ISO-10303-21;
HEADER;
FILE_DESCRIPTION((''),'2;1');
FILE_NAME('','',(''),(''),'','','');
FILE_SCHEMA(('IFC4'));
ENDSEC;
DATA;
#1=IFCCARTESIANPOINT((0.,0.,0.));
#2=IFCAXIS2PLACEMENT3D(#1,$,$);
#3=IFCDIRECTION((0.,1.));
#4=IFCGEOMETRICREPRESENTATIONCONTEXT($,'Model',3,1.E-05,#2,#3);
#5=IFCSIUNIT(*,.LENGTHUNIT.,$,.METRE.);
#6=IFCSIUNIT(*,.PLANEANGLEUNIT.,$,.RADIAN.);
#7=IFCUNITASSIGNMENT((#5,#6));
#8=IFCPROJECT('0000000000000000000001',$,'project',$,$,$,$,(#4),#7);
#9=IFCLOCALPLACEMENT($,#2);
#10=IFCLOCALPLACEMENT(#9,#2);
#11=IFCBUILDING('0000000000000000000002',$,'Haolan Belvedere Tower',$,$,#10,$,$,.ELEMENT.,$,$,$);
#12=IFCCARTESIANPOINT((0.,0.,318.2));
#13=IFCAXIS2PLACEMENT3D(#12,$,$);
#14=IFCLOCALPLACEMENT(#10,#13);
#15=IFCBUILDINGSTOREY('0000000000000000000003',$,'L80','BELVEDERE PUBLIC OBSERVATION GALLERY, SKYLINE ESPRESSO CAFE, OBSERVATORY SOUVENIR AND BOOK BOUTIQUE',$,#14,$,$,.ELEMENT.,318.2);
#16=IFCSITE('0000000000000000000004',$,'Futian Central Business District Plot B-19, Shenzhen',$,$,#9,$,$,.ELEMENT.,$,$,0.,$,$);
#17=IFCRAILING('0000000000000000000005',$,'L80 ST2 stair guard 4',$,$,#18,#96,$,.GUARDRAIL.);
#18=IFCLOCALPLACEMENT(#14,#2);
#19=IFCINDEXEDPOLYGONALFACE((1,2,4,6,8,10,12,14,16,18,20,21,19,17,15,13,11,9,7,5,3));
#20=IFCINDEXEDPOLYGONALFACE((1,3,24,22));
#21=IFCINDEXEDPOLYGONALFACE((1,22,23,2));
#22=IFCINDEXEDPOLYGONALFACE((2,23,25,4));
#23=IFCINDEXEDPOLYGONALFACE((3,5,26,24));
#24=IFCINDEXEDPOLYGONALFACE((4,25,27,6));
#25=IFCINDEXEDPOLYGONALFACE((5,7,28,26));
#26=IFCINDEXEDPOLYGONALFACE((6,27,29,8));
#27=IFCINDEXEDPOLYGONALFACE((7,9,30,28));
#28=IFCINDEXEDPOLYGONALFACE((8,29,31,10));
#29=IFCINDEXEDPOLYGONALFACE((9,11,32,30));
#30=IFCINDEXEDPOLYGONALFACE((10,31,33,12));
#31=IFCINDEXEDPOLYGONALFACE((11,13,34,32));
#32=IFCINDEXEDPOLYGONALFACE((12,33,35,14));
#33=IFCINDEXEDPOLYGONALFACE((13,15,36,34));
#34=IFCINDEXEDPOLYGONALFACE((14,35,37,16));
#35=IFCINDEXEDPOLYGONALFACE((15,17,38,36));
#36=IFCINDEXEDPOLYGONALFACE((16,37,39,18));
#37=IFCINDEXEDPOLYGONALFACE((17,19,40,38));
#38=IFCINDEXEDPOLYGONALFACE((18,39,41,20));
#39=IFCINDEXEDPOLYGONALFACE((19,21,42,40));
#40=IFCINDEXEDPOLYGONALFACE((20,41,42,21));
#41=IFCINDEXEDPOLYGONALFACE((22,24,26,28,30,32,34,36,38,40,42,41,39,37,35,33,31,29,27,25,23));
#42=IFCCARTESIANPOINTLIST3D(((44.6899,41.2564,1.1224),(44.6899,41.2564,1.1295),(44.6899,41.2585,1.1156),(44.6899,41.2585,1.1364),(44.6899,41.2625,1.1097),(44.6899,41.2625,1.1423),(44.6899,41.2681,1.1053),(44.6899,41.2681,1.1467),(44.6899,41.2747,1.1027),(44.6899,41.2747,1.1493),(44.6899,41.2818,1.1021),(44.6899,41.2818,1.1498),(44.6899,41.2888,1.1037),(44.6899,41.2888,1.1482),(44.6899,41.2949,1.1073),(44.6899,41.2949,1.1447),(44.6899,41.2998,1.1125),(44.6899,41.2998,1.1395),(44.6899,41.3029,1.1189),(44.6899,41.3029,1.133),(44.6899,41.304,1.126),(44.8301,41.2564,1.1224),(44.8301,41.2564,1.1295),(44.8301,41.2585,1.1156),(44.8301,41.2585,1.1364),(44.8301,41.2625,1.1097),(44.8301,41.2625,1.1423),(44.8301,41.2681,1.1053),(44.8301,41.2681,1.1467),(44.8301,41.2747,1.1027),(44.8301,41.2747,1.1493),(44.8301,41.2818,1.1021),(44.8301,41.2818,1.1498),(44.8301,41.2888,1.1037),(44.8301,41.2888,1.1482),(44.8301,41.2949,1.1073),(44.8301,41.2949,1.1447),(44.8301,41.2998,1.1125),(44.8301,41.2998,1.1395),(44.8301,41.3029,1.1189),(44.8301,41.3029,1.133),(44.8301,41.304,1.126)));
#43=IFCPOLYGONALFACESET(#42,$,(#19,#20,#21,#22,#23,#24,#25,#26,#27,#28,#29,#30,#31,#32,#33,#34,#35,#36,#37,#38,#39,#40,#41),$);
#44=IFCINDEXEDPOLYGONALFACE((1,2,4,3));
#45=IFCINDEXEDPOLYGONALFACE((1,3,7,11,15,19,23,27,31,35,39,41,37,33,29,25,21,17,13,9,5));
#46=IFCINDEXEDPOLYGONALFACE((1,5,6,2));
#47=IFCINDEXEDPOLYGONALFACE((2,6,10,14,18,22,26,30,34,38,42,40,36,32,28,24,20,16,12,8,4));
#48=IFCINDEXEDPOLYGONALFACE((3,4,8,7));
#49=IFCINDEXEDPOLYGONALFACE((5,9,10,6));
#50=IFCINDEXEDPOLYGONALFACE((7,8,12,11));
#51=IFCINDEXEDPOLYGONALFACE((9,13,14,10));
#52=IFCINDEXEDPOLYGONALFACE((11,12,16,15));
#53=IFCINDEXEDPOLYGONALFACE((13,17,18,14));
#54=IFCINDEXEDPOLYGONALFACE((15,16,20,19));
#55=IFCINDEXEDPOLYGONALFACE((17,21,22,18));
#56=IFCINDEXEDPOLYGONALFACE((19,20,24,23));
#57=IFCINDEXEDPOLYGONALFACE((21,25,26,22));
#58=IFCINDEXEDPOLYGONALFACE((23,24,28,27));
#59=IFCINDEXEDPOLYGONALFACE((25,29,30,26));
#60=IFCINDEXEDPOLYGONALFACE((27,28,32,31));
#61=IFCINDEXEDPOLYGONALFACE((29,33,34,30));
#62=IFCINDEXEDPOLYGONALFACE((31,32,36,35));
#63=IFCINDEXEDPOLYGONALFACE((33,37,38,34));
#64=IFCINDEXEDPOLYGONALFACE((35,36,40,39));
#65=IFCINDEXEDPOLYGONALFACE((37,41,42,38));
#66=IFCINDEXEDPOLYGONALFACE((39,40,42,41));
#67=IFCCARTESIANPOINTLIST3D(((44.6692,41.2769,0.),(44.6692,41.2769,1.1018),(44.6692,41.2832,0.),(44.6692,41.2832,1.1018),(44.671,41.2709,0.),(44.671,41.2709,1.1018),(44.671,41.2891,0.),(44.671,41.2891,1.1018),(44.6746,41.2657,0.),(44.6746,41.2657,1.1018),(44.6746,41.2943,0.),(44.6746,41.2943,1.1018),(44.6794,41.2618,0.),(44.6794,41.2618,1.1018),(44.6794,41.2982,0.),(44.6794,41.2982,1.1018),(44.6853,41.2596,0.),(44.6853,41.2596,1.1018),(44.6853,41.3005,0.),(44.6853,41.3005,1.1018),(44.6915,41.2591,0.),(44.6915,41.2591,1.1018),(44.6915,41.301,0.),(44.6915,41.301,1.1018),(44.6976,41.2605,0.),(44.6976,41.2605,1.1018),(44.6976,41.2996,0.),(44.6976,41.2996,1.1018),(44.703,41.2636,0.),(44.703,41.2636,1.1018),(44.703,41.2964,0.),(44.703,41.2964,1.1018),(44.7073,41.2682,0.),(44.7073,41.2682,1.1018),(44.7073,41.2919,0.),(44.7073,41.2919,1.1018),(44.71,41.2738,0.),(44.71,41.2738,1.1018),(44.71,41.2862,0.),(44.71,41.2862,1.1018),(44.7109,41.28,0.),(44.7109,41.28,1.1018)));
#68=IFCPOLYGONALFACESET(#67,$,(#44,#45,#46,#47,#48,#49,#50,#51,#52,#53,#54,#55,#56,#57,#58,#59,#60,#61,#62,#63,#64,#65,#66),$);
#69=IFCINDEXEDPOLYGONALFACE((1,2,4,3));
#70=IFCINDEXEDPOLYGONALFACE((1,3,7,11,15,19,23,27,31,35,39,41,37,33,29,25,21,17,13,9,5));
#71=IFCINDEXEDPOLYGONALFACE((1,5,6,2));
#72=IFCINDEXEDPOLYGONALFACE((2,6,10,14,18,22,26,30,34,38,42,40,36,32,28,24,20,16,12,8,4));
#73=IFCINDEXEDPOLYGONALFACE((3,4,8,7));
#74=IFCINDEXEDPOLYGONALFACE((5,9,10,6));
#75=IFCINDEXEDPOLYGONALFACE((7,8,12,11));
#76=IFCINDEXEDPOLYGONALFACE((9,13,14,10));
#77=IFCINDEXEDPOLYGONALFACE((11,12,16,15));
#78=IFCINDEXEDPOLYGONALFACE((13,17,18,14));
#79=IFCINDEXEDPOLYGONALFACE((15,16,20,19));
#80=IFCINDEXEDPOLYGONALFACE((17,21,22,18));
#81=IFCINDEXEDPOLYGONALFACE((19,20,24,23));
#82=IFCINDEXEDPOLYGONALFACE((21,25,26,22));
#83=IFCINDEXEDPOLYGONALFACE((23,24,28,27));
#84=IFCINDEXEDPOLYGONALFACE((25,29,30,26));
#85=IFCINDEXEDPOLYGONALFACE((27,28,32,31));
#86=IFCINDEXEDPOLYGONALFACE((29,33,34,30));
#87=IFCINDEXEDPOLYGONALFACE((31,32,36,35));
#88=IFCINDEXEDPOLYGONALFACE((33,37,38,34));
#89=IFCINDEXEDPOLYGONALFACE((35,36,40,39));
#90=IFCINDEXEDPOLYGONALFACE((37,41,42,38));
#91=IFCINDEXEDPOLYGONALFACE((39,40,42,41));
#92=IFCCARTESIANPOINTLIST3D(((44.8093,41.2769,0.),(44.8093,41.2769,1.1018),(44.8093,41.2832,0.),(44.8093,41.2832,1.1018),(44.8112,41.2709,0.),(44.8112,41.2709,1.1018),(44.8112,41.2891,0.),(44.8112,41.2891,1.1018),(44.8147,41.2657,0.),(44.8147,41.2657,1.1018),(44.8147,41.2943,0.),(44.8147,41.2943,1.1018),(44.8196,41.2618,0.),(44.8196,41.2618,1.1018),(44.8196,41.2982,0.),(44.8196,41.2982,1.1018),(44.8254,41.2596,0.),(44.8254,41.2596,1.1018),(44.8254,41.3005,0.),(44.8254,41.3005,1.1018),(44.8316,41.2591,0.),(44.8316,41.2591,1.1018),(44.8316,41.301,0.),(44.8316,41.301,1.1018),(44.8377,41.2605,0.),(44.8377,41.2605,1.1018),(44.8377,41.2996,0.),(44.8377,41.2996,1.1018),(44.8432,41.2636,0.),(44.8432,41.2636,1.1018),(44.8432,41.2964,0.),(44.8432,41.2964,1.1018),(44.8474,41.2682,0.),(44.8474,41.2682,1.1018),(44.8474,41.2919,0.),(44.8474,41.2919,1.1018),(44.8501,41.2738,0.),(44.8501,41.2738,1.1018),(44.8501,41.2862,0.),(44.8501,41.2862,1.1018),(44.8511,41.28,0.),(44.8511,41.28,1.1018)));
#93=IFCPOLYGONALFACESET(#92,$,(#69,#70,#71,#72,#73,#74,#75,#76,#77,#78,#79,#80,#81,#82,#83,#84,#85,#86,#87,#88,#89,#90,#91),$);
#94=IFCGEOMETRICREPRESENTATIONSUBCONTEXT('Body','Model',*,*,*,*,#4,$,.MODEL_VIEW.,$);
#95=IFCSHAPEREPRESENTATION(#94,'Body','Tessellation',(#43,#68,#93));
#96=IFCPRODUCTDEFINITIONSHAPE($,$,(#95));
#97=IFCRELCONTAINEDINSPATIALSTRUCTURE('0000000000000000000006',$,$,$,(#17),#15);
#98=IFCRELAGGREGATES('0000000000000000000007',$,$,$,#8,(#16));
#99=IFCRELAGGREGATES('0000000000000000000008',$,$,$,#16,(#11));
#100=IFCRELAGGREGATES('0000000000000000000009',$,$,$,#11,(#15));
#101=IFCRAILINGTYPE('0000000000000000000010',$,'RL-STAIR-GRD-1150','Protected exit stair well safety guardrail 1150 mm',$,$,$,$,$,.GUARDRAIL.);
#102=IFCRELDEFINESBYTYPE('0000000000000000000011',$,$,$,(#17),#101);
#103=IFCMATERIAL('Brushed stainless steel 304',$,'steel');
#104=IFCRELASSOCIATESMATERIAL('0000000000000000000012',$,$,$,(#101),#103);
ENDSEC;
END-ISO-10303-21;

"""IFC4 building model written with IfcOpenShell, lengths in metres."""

from ifc_helpers import new_model, si_unit, direction, frame, origin, origin_2d, place, context, subcontext, project, spatial, circle, extrude, material, type_object, element, save


model = new_model("IFC4")

# Units and contexts
model_context = context("Model", 3, precision=1e-05, world=origin(), true_north=direction((0.0, 1.0)))
body_context = subcontext(model_context, "Body", "Model", "MODEL_VIEW")
ifc_project = project(units=[si_unit("LENGTHUNIT", "METRE"), si_unit("PLANEANGLEUNIT", "RADIAN")], contexts=[model_context])

# Site, building, storey
site_placement = place(None, origin())
site = spatial("IfcSite", under=ifc_project, at=site_placement, Name="Futian Central Business District Plot B-19, Shenzhen", CompositionType="ELEMENT", RefElevation=0.0)
building_placement = place(site_placement, origin())
building = spatial("IfcBuilding", under=site, at=building_placement, Name="Haolan Belvedere Tower", CompositionType="ELEMENT")
storey_placement = place(building_placement, frame((0.0, 0.0, 318.2)))
storey = spatial("IfcBuildingStorey", under=building, at=storey_placement, Name="L80", Description="BELVEDERE PUBLIC OBSERVATION GALLERY, SKYLINE ESPRESSO CAFE, OBSERVATORY SOUVENIR AND BOOK BOUTIQUE", CompositionType="ELEMENT", Elevation=318.2)

# Railing
ifc_material_1 = material(Name="Brushed stainless steel 304", Category="steel")
railing_type_1 = type_object("IfcRailingType", Name="RL-STAIR-GRD-1150", Description="Protected exit stair well safety guardrail 1150 mm", PredefinedType="GUARDRAIL", material=ifc_material_1)
railing_1_placement = place(storey_placement, frame((44.6899, 41.28, 0.0)))
element("IfcRailing", 1, at=railing_1_placement, inside=storey, type_object=railing_type_1, Name="L80 ST2 stair guard 4", PredefinedType="GUARDRAIL", context=body_context, shape_type="SweptSolid", body=[
    extrude(circle(Radius=0.0239, at=origin_2d()), frame((0.0, 0.0, 1.126), z_axis=(1.0, 0.0, 0.0), x_axis=(0.0, 1.0, 0.0)), (0.0, 0.0, 1.0), 0.1401),
    extrude(circle(Radius=0.021, at=origin_2d()), origin(), (0.0, 0.0, 1.0), 1.1018),
    extrude(circle(Radius=0.021, at=origin_2d()), frame((0.1401, 0.0, 0.0)), (0.0, 0.0, 1.0), 1.1018),
])

save(model, "model.ifc")
